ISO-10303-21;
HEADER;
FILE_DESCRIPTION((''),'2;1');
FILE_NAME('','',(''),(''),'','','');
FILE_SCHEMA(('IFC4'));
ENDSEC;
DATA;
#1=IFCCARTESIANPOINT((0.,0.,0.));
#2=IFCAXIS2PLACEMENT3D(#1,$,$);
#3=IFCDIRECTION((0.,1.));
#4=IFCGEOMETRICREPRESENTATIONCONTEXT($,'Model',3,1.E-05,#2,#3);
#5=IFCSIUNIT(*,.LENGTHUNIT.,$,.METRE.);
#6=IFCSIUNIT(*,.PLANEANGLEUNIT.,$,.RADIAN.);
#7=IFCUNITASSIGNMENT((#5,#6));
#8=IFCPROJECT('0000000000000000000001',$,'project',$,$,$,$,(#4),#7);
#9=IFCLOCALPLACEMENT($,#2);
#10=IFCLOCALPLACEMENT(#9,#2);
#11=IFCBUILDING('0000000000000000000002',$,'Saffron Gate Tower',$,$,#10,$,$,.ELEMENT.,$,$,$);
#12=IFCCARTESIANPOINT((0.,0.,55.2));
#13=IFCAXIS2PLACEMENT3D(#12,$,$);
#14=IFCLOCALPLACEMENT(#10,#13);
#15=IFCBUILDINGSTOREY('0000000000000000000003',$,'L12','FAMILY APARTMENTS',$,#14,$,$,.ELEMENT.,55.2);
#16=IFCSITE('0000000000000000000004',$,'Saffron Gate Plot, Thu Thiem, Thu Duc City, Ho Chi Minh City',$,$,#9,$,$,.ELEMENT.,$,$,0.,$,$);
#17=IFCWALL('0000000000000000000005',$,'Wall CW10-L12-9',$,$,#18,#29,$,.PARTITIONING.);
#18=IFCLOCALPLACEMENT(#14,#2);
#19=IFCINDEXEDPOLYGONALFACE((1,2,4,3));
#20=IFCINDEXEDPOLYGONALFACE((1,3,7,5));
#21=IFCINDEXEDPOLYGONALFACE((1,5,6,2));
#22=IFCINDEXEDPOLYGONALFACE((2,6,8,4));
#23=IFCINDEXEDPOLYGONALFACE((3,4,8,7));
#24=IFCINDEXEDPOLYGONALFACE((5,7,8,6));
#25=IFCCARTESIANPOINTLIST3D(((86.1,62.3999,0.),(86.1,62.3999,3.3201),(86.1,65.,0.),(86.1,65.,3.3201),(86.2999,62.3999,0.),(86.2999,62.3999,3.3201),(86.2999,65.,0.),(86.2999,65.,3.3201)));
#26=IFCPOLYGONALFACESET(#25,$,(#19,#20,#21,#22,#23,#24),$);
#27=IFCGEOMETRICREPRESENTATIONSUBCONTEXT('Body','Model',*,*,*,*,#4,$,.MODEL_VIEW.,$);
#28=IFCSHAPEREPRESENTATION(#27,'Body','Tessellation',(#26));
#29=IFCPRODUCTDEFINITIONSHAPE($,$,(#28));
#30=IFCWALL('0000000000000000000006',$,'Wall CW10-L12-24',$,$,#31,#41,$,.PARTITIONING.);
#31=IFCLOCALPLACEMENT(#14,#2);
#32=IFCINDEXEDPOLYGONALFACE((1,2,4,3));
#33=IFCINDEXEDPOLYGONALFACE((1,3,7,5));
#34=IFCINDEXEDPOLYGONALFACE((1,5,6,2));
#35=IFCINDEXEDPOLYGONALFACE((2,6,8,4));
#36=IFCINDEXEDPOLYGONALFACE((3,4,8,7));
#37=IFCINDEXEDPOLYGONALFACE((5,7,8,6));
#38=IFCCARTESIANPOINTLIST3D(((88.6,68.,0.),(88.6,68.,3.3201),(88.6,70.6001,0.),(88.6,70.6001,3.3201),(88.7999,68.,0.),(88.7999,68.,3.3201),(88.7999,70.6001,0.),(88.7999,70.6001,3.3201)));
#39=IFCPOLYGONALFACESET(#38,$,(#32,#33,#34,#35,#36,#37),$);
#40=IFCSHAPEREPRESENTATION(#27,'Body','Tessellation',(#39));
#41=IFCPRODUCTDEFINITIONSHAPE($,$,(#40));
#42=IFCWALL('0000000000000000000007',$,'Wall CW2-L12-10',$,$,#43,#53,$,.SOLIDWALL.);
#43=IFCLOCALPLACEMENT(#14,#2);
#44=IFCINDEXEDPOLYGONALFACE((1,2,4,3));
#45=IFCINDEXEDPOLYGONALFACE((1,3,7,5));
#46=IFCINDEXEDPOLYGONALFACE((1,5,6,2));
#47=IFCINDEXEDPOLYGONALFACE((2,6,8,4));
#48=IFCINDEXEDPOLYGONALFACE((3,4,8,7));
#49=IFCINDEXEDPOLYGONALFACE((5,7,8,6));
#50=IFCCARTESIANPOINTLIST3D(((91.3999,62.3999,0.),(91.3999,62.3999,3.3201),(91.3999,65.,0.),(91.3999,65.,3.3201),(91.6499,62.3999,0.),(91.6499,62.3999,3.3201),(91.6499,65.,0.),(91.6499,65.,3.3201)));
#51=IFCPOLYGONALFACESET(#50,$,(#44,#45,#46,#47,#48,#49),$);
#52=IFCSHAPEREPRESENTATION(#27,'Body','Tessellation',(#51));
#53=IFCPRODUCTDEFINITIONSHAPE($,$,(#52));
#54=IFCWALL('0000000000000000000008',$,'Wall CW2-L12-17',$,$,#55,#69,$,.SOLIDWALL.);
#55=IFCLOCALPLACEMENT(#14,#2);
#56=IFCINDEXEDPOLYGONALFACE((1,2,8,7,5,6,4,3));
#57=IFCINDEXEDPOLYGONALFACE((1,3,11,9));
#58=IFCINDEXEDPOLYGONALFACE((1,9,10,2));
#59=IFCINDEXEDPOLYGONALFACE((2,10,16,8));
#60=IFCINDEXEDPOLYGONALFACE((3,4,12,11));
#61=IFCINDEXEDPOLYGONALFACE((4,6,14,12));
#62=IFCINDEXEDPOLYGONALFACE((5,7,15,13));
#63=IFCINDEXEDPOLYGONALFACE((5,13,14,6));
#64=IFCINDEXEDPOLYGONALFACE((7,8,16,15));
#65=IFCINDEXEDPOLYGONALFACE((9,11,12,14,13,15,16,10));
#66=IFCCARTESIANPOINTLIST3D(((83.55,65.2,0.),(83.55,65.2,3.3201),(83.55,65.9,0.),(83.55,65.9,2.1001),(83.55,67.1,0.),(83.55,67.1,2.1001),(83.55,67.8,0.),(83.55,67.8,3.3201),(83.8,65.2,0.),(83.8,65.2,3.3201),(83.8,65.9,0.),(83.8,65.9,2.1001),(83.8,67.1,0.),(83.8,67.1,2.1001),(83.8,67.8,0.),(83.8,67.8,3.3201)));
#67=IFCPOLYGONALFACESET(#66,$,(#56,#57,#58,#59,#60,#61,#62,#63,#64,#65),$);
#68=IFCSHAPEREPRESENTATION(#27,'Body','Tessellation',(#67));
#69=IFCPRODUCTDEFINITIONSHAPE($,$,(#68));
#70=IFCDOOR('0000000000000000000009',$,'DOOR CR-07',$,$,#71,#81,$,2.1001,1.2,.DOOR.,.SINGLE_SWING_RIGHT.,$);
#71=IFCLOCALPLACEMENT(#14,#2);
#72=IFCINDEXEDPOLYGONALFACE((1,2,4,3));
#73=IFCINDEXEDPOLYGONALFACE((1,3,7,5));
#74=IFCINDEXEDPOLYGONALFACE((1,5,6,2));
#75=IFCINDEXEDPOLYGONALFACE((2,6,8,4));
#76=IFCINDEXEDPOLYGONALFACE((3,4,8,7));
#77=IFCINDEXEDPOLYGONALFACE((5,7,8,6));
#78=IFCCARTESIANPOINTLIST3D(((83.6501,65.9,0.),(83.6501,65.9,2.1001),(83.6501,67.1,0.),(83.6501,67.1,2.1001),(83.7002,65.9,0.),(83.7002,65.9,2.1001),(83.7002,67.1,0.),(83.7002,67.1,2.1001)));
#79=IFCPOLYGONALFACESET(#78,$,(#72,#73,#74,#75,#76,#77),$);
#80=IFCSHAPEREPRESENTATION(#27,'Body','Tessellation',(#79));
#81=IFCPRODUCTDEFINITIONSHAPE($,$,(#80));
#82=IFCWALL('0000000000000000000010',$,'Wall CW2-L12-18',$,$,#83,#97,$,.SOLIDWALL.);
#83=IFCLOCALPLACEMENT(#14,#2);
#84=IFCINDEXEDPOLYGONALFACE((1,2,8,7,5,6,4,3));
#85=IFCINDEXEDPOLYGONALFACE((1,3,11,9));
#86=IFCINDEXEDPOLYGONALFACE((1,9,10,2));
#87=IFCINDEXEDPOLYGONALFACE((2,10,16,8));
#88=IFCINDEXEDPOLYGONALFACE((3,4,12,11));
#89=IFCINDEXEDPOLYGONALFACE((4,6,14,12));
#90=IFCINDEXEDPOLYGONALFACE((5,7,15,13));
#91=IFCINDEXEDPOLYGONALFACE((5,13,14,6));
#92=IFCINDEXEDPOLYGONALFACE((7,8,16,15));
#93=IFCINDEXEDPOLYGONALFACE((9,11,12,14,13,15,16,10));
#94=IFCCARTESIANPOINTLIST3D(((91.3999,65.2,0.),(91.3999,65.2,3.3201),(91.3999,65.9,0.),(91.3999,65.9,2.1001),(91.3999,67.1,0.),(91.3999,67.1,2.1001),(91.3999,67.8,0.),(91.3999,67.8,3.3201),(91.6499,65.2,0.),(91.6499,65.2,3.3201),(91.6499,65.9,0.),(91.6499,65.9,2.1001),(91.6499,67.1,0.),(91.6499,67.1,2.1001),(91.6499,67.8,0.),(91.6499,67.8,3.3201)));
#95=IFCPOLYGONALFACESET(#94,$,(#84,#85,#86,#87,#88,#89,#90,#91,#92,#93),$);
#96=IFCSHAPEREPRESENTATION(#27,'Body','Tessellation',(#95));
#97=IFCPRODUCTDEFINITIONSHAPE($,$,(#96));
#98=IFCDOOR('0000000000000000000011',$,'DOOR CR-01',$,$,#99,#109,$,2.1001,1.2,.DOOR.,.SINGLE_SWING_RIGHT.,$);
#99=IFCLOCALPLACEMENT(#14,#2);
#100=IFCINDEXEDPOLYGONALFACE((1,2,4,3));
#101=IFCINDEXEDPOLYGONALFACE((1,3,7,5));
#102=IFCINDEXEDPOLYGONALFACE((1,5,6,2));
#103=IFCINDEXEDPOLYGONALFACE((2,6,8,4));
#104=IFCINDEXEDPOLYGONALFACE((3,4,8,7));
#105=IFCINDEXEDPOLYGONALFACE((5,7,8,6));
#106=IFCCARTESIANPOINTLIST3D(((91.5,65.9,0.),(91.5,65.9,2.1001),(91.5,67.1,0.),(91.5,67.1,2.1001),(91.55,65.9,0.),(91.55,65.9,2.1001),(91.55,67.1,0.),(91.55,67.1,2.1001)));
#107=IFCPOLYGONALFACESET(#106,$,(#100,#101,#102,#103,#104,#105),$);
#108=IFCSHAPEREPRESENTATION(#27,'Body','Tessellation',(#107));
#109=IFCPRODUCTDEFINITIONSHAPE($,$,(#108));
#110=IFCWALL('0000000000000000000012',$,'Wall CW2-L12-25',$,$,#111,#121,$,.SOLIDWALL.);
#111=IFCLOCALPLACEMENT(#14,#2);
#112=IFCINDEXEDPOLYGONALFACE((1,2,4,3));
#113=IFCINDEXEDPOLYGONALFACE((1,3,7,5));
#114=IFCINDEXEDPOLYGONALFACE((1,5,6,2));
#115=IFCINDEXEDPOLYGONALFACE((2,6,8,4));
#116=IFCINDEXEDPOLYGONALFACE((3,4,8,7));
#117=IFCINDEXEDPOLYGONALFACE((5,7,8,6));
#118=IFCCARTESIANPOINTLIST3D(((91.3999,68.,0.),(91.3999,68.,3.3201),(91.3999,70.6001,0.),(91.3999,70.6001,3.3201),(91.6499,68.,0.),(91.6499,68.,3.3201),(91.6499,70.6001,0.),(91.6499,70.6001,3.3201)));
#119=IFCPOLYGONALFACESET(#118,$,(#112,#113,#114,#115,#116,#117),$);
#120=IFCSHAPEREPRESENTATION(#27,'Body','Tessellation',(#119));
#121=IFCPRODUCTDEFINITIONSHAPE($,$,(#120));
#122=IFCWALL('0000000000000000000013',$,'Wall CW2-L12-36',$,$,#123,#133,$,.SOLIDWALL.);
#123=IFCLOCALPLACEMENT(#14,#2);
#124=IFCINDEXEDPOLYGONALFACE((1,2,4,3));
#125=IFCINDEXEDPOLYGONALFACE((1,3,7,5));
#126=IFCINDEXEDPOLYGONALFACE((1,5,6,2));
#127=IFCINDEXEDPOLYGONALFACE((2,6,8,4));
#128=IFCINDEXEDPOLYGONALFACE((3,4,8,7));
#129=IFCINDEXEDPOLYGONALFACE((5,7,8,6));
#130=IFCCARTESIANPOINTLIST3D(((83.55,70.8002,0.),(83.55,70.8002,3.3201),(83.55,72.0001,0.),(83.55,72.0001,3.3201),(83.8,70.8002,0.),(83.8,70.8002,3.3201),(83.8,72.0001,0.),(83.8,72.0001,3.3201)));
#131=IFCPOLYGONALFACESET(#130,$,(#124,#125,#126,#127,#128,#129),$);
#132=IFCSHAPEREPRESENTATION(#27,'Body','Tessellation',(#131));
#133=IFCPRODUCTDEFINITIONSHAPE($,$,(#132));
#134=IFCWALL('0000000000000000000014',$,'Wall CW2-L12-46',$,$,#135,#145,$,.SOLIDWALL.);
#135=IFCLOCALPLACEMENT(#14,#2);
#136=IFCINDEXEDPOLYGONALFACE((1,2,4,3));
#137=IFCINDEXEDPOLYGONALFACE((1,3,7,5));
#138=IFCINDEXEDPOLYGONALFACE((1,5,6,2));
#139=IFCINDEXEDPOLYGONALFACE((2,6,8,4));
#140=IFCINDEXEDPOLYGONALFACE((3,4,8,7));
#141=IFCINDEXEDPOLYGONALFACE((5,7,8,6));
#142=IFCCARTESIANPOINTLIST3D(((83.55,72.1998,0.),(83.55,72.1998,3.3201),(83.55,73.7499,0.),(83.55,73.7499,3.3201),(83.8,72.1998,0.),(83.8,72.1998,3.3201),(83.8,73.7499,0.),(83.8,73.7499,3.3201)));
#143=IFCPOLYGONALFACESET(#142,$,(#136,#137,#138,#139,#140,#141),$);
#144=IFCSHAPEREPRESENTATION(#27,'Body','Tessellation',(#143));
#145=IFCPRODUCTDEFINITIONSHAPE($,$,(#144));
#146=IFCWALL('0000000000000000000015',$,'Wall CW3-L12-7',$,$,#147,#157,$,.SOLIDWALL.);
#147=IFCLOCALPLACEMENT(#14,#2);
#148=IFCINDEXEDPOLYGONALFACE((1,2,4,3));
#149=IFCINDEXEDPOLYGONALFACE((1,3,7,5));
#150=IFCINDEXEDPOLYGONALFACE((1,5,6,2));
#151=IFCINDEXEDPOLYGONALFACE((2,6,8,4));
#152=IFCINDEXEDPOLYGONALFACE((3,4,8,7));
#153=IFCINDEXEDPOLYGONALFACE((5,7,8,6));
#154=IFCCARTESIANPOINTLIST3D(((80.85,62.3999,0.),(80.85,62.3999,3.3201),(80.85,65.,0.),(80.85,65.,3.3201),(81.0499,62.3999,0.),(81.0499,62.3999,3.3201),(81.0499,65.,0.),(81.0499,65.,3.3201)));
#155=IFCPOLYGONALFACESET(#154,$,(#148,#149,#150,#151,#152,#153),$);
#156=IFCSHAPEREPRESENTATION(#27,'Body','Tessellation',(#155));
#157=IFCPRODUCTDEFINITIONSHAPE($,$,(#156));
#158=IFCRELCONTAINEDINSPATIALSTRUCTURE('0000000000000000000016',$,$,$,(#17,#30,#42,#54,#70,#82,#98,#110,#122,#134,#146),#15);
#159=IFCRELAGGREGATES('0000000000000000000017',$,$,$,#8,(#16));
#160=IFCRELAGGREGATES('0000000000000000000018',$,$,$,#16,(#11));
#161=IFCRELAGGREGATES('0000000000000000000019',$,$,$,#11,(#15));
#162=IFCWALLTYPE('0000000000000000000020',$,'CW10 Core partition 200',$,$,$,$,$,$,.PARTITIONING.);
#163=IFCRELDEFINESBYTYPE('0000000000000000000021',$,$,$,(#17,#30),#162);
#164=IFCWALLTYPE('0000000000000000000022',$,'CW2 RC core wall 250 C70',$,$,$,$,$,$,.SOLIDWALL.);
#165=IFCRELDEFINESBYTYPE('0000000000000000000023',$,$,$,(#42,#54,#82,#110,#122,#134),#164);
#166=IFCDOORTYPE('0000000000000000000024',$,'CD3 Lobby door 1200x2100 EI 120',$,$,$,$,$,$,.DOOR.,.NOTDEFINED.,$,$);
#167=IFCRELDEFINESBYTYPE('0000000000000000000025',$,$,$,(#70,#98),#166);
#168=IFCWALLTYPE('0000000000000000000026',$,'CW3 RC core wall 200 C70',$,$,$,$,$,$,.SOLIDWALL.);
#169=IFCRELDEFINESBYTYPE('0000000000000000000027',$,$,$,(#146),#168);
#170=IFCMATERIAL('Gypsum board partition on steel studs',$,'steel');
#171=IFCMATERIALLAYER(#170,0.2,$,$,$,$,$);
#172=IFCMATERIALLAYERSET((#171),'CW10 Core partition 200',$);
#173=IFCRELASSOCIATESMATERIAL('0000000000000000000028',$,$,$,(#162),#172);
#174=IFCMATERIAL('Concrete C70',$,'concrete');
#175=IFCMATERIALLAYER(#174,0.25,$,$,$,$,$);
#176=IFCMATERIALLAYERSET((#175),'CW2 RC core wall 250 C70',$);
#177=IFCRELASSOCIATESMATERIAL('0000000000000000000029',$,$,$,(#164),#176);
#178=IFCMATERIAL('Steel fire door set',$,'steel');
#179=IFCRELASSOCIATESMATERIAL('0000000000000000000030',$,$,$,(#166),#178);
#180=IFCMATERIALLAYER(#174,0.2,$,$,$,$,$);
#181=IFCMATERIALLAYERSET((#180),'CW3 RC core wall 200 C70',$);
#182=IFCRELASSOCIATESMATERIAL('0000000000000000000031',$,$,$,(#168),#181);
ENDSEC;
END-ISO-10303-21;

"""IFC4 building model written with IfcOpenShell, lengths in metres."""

from ifc_helpers import new_model, si_unit, direction, frame, frame_2d, origin, place, context, subcontext, project, spatial, rectangle, extrude, material, layer, layer_set, type_object, element, fill, save


model = new_model("IFC4")

# Units and contexts
model_context = context("Model", 3, precision=1e-05, world=origin(), true_north=direction((0.0, 1.0)))
body_context = subcontext(model_context, "Body", "Model", "MODEL_VIEW")
ifc_project = project(units=[si_unit("LENGTHUNIT", "METRE"), si_unit("PLANEANGLEUNIT", "RADIAN")], contexts=[model_context])

# Site, building, storey
site_placement = place(None, origin())
site = spatial("IfcSite", under=ifc_project, at=site_placement, Name="Saffron Gate Plot, Thu Thiem, Thu Duc City, Ho Chi Minh City", CompositionType="ELEMENT", RefElevation=0.0)
building_placement = place(site_placement, origin())
building = spatial("IfcBuilding", under=site, at=building_placement, Name="Saffron Gate Tower", CompositionType="ELEMENT")
storey_placement = place(building_placement, frame((0.0, 0.0, 55.2)))
storey = spatial("IfcBuildingStorey", under=building, at=storey_placement, Name="L12", Description="FAMILY APARTMENTS", CompositionType="ELEMENT", Elevation=55.2)

# Walls
ifc_material_1 = material(Name="Gypsum board partition on steel studs", Category="steel")
ifc_layer_1 = layer(ifc_material_1, 0.2)
ifc_layer_set_1 = layer_set([ifc_layer_1], Name="CW10 Core partition 200")
wall_type_1 = type_object("IfcWallType", Name="CW10 Core partition 200", PredefinedType="PARTITIONING", material=ifc_layer_set_1)
for number, where, z_axis, x_axis, name in (
    (1, (86.2, 62.3999, 0.0), (0.0, 0.0, 1.0), (0.0, 1.0, 0.0), "Wall CW10-L12-9"),
    (2, (88.7, 68.0, 0.0), (0.0, 0.0, 1.0), (0.0, 1.0, 0.0), "Wall CW10-L12-24"),
):
    element("IfcWall", number, at=place(storey_placement, frame(where, z_axis=z_axis, x_axis=x_axis)), inside=storey, type_object=wall_type_1, Name=name, PredefinedType="PARTITIONING", context=body_context, shape_type="SweptSolid", body=[
        extrude(rectangle(XDim=2.6001, YDim=0.2, at=frame_2d((1.3, 0.0))), origin(), (0.0, 0.0, 1.0), 3.3201),
    ])
ifc_material_2 = material(Name="Concrete C70", Category="concrete")
ifc_layer_2 = layer(ifc_material_2, 0.25)
ifc_layer_set_2 = layer_set([ifc_layer_2], Name="CW2 RC core wall 250 C70")
wall_type_2 = type_object("IfcWallType", Name="CW2 RC core wall 250 C70", PredefinedType="SOLIDWALL", material=ifc_layer_set_2)
wall_1_placement = place(storey_placement, frame((91.5249, 62.3999, 0.0), z_axis=(0.0, 0.0, 1.0), x_axis=(0.0, 1.0, 0.0)))
element("IfcWall", 3, at=wall_1_placement, inside=storey, type_object=wall_type_2, Name="Wall CW2-L12-10", PredefinedType="SOLIDWALL", context=body_context, shape_type="SweptSolid", body=[
    extrude(rectangle(XDim=2.6001, YDim=0.25, at=frame_2d((1.3, 0.0))), origin(), (0.0, 0.0, 1.0), 3.3201),
])

# Walls, openings, doors
wall_2_placement = place(storey_placement, frame((83.675, 65.2, 0.0), z_axis=(0.0, 0.0, 1.0), x_axis=(0.0, 1.0, 0.0)))
wall_2 = element("IfcWall", 4, at=wall_2_placement, inside=storey, type_object=wall_type_2, Name="Wall CW2-L12-17", PredefinedType="SOLIDWALL", context=body_context, shape_type="SweptSolid", body=[
    extrude(rectangle(XDim=2.6001, YDim=0.25, at=frame_2d((1.3, 0.0))), origin(), (0.0, 0.0, 1.0), 3.3201),
])
opening_1_placement = place(wall_2_placement, frame((0.7, 0.0, 0.0)))
opening_1 = element("IfcOpeningElement", 5, at=opening_1_placement, cuts=wall_2, PredefinedType="OPENING", context=body_context, shape_type="SweptSolid", body=[
    extrude(rectangle(XDim=1.2, YDim=2.1001, at=frame_2d((0.6001, 1.05))), frame((0.0, 0.135, 0.0), z_axis=(0.0, -1.0, 0.0), x_axis=(1.0, 0.0, 0.0)), (0.0, 0.0, 1.0), 0.27),
])
ifc_material_3 = material(Name="Steel fire door set", Category="steel")
door_type_1 = type_object("IfcDoorType", Name="CD3 Lobby door 1200x2100 EI 120", OperationType="NOTDEFINED", PredefinedType="DOOR", material=ifc_material_3)
door_1_placement = place(opening_1_placement, origin())
door_1 = element("IfcDoor", 6, at=door_1_placement, inside=storey, type_object=door_type_1, Name="DOOR CR-07", OperationType="SINGLE_SWING_RIGHT", OverallHeight=2.1001, OverallWidth=1.2, PredefinedType="DOOR", context=body_context, shape_type="SweptSolid", body=[
    extrude(rectangle(XDim=1.2, YDim=2.1001, at=frame_2d((0.6001, 1.05))), frame((0.0, 0.0249, 0.0), z_axis=(0.0, -1.0, 0.0), x_axis=(1.0, 0.0, 0.0)), (0.0, 0.0, 1.0), 0.05),
])
fill(opening_1, door_1)
wall_3_placement = place(storey_placement, frame((91.5249, 65.2, 0.0), z_axis=(0.0, 0.0, 1.0), x_axis=(0.0, 1.0, 0.0)))
wall_3 = element("IfcWall", 7, at=wall_3_placement, inside=storey, type_object=wall_type_2, Name="Wall CW2-L12-18", PredefinedType="SOLIDWALL", context=body_context, shape_type="SweptSolid", body=[
    extrude(rectangle(XDim=2.6001, YDim=0.25, at=frame_2d((1.3, 0.0))), origin(), (0.0, 0.0, 1.0), 3.3201),
])
opening_2_placement = place(wall_3_placement, frame((0.7, 0.0, 0.0)))
opening_2 = element("IfcOpeningElement", 8, at=opening_2_placement, cuts=wall_3, PredefinedType="OPENING", context=body_context, shape_type="SweptSolid", body=[
    extrude(rectangle(XDim=1.2, YDim=2.1001, at=frame_2d((0.6001, 1.05))), frame((0.0, 0.135, 0.0), z_axis=(0.0, -1.0, 0.0), x_axis=(1.0, 0.0, 0.0)), (0.0, 0.0, 1.0), 0.27),
])
door_2_placement = place(opening_2_placement, origin())
door_2 = element("IfcDoor", 9, at=door_2_placement, inside=storey, type_object=door_type_1, Name="DOOR CR-01", OperationType="SINGLE_SWING_RIGHT", OverallHeight=2.1001, OverallWidth=1.2, PredefinedType="DOOR", context=body_context, shape_type="SweptSolid", body=[
    extrude(rectangle(XDim=1.2, YDim=2.1001, at=frame_2d((0.6001, 1.05))), frame((0.0, 0.0249, 0.0), z_axis=(0.0, -1.0, 0.0), x_axis=(1.0, 0.0, 0.0)), (0.0, 0.0, 1.0), 0.05),
])
fill(opening_2, door_2)

# Walls
wall_4_placement = place(storey_placement, frame((91.5249, 68.0, 0.0), z_axis=(0.0, 0.0, 1.0), x_axis=(0.0, 1.0, 0.0)))
element("IfcWall", 10, at=wall_4_placement, inside=storey, type_object=wall_type_2, Name="Wall CW2-L12-25", PredefinedType="SOLIDWALL", context=body_context, shape_type="SweptSolid", body=[
    extrude(rectangle(XDim=2.6001, YDim=0.25, at=frame_2d((1.3, 0.0))), origin(), (0.0, 0.0, 1.0), 3.3201),
])
wall_5_placement = place(storey_placement, frame((83.675, 70.8, 0.0), z_axis=(0.0, 0.0, 1.0), x_axis=(0.0, 1.0, 0.0)))
element("IfcWall", 11, at=wall_5_placement, inside=storey, type_object=wall_type_2, Name="Wall CW2-L12-36", PredefinedType="SOLIDWALL", context=body_context, shape_type="SweptSolid", body=[
    extrude(rectangle(XDim=1.2, YDim=0.25, at=frame_2d((0.6001, 0.0))), origin(), (0.0, 0.0, 1.0), 3.3201),
])
wall_6_placement = place(storey_placement, frame((83.675, 72.2, 0.0), z_axis=(0.0, 0.0, 1.0), x_axis=(0.0, 1.0, 0.0)))
element("IfcWall", 12, at=wall_6_placement, inside=storey, type_object=wall_type_2, Name="Wall CW2-L12-46", PredefinedType="SOLIDWALL", context=body_context, shape_type="SweptSolid", body=[
    extrude(rectangle(XDim=1.55, YDim=0.25, at=frame_2d((0.7749, 0.0))), origin(), (0.0, 0.0, 1.0), 3.3201),
])
ifc_layer_3 = layer(ifc_material_2, 0.2)
ifc_layer_set_3 = layer_set([ifc_layer_3], Name="CW3 RC core wall 200 C70")
wall_type_3 = type_object("IfcWallType", Name="CW3 RC core wall 200 C70", PredefinedType="SOLIDWALL", material=ifc_layer_set_3)
wall_7_placement = place(storey_placement, frame((80.95, 62.3999, 0.0), z_axis=(0.0, 0.0, 1.0), x_axis=(0.0, 1.0, 0.0)))
element("IfcWall", 13, at=wall_7_placement, inside=storey, type_object=wall_type_3, Name="Wall CW3-L12-7", PredefinedType="SOLIDWALL", context=body_context, shape_type="SweptSolid", body=[
    extrude(rectangle(XDim=2.6001, YDim=0.2, at=frame_2d((1.3, 0.0))), origin(), (0.0, 0.0, 1.0), 3.3201),
])

save(model, "model.ifc")
